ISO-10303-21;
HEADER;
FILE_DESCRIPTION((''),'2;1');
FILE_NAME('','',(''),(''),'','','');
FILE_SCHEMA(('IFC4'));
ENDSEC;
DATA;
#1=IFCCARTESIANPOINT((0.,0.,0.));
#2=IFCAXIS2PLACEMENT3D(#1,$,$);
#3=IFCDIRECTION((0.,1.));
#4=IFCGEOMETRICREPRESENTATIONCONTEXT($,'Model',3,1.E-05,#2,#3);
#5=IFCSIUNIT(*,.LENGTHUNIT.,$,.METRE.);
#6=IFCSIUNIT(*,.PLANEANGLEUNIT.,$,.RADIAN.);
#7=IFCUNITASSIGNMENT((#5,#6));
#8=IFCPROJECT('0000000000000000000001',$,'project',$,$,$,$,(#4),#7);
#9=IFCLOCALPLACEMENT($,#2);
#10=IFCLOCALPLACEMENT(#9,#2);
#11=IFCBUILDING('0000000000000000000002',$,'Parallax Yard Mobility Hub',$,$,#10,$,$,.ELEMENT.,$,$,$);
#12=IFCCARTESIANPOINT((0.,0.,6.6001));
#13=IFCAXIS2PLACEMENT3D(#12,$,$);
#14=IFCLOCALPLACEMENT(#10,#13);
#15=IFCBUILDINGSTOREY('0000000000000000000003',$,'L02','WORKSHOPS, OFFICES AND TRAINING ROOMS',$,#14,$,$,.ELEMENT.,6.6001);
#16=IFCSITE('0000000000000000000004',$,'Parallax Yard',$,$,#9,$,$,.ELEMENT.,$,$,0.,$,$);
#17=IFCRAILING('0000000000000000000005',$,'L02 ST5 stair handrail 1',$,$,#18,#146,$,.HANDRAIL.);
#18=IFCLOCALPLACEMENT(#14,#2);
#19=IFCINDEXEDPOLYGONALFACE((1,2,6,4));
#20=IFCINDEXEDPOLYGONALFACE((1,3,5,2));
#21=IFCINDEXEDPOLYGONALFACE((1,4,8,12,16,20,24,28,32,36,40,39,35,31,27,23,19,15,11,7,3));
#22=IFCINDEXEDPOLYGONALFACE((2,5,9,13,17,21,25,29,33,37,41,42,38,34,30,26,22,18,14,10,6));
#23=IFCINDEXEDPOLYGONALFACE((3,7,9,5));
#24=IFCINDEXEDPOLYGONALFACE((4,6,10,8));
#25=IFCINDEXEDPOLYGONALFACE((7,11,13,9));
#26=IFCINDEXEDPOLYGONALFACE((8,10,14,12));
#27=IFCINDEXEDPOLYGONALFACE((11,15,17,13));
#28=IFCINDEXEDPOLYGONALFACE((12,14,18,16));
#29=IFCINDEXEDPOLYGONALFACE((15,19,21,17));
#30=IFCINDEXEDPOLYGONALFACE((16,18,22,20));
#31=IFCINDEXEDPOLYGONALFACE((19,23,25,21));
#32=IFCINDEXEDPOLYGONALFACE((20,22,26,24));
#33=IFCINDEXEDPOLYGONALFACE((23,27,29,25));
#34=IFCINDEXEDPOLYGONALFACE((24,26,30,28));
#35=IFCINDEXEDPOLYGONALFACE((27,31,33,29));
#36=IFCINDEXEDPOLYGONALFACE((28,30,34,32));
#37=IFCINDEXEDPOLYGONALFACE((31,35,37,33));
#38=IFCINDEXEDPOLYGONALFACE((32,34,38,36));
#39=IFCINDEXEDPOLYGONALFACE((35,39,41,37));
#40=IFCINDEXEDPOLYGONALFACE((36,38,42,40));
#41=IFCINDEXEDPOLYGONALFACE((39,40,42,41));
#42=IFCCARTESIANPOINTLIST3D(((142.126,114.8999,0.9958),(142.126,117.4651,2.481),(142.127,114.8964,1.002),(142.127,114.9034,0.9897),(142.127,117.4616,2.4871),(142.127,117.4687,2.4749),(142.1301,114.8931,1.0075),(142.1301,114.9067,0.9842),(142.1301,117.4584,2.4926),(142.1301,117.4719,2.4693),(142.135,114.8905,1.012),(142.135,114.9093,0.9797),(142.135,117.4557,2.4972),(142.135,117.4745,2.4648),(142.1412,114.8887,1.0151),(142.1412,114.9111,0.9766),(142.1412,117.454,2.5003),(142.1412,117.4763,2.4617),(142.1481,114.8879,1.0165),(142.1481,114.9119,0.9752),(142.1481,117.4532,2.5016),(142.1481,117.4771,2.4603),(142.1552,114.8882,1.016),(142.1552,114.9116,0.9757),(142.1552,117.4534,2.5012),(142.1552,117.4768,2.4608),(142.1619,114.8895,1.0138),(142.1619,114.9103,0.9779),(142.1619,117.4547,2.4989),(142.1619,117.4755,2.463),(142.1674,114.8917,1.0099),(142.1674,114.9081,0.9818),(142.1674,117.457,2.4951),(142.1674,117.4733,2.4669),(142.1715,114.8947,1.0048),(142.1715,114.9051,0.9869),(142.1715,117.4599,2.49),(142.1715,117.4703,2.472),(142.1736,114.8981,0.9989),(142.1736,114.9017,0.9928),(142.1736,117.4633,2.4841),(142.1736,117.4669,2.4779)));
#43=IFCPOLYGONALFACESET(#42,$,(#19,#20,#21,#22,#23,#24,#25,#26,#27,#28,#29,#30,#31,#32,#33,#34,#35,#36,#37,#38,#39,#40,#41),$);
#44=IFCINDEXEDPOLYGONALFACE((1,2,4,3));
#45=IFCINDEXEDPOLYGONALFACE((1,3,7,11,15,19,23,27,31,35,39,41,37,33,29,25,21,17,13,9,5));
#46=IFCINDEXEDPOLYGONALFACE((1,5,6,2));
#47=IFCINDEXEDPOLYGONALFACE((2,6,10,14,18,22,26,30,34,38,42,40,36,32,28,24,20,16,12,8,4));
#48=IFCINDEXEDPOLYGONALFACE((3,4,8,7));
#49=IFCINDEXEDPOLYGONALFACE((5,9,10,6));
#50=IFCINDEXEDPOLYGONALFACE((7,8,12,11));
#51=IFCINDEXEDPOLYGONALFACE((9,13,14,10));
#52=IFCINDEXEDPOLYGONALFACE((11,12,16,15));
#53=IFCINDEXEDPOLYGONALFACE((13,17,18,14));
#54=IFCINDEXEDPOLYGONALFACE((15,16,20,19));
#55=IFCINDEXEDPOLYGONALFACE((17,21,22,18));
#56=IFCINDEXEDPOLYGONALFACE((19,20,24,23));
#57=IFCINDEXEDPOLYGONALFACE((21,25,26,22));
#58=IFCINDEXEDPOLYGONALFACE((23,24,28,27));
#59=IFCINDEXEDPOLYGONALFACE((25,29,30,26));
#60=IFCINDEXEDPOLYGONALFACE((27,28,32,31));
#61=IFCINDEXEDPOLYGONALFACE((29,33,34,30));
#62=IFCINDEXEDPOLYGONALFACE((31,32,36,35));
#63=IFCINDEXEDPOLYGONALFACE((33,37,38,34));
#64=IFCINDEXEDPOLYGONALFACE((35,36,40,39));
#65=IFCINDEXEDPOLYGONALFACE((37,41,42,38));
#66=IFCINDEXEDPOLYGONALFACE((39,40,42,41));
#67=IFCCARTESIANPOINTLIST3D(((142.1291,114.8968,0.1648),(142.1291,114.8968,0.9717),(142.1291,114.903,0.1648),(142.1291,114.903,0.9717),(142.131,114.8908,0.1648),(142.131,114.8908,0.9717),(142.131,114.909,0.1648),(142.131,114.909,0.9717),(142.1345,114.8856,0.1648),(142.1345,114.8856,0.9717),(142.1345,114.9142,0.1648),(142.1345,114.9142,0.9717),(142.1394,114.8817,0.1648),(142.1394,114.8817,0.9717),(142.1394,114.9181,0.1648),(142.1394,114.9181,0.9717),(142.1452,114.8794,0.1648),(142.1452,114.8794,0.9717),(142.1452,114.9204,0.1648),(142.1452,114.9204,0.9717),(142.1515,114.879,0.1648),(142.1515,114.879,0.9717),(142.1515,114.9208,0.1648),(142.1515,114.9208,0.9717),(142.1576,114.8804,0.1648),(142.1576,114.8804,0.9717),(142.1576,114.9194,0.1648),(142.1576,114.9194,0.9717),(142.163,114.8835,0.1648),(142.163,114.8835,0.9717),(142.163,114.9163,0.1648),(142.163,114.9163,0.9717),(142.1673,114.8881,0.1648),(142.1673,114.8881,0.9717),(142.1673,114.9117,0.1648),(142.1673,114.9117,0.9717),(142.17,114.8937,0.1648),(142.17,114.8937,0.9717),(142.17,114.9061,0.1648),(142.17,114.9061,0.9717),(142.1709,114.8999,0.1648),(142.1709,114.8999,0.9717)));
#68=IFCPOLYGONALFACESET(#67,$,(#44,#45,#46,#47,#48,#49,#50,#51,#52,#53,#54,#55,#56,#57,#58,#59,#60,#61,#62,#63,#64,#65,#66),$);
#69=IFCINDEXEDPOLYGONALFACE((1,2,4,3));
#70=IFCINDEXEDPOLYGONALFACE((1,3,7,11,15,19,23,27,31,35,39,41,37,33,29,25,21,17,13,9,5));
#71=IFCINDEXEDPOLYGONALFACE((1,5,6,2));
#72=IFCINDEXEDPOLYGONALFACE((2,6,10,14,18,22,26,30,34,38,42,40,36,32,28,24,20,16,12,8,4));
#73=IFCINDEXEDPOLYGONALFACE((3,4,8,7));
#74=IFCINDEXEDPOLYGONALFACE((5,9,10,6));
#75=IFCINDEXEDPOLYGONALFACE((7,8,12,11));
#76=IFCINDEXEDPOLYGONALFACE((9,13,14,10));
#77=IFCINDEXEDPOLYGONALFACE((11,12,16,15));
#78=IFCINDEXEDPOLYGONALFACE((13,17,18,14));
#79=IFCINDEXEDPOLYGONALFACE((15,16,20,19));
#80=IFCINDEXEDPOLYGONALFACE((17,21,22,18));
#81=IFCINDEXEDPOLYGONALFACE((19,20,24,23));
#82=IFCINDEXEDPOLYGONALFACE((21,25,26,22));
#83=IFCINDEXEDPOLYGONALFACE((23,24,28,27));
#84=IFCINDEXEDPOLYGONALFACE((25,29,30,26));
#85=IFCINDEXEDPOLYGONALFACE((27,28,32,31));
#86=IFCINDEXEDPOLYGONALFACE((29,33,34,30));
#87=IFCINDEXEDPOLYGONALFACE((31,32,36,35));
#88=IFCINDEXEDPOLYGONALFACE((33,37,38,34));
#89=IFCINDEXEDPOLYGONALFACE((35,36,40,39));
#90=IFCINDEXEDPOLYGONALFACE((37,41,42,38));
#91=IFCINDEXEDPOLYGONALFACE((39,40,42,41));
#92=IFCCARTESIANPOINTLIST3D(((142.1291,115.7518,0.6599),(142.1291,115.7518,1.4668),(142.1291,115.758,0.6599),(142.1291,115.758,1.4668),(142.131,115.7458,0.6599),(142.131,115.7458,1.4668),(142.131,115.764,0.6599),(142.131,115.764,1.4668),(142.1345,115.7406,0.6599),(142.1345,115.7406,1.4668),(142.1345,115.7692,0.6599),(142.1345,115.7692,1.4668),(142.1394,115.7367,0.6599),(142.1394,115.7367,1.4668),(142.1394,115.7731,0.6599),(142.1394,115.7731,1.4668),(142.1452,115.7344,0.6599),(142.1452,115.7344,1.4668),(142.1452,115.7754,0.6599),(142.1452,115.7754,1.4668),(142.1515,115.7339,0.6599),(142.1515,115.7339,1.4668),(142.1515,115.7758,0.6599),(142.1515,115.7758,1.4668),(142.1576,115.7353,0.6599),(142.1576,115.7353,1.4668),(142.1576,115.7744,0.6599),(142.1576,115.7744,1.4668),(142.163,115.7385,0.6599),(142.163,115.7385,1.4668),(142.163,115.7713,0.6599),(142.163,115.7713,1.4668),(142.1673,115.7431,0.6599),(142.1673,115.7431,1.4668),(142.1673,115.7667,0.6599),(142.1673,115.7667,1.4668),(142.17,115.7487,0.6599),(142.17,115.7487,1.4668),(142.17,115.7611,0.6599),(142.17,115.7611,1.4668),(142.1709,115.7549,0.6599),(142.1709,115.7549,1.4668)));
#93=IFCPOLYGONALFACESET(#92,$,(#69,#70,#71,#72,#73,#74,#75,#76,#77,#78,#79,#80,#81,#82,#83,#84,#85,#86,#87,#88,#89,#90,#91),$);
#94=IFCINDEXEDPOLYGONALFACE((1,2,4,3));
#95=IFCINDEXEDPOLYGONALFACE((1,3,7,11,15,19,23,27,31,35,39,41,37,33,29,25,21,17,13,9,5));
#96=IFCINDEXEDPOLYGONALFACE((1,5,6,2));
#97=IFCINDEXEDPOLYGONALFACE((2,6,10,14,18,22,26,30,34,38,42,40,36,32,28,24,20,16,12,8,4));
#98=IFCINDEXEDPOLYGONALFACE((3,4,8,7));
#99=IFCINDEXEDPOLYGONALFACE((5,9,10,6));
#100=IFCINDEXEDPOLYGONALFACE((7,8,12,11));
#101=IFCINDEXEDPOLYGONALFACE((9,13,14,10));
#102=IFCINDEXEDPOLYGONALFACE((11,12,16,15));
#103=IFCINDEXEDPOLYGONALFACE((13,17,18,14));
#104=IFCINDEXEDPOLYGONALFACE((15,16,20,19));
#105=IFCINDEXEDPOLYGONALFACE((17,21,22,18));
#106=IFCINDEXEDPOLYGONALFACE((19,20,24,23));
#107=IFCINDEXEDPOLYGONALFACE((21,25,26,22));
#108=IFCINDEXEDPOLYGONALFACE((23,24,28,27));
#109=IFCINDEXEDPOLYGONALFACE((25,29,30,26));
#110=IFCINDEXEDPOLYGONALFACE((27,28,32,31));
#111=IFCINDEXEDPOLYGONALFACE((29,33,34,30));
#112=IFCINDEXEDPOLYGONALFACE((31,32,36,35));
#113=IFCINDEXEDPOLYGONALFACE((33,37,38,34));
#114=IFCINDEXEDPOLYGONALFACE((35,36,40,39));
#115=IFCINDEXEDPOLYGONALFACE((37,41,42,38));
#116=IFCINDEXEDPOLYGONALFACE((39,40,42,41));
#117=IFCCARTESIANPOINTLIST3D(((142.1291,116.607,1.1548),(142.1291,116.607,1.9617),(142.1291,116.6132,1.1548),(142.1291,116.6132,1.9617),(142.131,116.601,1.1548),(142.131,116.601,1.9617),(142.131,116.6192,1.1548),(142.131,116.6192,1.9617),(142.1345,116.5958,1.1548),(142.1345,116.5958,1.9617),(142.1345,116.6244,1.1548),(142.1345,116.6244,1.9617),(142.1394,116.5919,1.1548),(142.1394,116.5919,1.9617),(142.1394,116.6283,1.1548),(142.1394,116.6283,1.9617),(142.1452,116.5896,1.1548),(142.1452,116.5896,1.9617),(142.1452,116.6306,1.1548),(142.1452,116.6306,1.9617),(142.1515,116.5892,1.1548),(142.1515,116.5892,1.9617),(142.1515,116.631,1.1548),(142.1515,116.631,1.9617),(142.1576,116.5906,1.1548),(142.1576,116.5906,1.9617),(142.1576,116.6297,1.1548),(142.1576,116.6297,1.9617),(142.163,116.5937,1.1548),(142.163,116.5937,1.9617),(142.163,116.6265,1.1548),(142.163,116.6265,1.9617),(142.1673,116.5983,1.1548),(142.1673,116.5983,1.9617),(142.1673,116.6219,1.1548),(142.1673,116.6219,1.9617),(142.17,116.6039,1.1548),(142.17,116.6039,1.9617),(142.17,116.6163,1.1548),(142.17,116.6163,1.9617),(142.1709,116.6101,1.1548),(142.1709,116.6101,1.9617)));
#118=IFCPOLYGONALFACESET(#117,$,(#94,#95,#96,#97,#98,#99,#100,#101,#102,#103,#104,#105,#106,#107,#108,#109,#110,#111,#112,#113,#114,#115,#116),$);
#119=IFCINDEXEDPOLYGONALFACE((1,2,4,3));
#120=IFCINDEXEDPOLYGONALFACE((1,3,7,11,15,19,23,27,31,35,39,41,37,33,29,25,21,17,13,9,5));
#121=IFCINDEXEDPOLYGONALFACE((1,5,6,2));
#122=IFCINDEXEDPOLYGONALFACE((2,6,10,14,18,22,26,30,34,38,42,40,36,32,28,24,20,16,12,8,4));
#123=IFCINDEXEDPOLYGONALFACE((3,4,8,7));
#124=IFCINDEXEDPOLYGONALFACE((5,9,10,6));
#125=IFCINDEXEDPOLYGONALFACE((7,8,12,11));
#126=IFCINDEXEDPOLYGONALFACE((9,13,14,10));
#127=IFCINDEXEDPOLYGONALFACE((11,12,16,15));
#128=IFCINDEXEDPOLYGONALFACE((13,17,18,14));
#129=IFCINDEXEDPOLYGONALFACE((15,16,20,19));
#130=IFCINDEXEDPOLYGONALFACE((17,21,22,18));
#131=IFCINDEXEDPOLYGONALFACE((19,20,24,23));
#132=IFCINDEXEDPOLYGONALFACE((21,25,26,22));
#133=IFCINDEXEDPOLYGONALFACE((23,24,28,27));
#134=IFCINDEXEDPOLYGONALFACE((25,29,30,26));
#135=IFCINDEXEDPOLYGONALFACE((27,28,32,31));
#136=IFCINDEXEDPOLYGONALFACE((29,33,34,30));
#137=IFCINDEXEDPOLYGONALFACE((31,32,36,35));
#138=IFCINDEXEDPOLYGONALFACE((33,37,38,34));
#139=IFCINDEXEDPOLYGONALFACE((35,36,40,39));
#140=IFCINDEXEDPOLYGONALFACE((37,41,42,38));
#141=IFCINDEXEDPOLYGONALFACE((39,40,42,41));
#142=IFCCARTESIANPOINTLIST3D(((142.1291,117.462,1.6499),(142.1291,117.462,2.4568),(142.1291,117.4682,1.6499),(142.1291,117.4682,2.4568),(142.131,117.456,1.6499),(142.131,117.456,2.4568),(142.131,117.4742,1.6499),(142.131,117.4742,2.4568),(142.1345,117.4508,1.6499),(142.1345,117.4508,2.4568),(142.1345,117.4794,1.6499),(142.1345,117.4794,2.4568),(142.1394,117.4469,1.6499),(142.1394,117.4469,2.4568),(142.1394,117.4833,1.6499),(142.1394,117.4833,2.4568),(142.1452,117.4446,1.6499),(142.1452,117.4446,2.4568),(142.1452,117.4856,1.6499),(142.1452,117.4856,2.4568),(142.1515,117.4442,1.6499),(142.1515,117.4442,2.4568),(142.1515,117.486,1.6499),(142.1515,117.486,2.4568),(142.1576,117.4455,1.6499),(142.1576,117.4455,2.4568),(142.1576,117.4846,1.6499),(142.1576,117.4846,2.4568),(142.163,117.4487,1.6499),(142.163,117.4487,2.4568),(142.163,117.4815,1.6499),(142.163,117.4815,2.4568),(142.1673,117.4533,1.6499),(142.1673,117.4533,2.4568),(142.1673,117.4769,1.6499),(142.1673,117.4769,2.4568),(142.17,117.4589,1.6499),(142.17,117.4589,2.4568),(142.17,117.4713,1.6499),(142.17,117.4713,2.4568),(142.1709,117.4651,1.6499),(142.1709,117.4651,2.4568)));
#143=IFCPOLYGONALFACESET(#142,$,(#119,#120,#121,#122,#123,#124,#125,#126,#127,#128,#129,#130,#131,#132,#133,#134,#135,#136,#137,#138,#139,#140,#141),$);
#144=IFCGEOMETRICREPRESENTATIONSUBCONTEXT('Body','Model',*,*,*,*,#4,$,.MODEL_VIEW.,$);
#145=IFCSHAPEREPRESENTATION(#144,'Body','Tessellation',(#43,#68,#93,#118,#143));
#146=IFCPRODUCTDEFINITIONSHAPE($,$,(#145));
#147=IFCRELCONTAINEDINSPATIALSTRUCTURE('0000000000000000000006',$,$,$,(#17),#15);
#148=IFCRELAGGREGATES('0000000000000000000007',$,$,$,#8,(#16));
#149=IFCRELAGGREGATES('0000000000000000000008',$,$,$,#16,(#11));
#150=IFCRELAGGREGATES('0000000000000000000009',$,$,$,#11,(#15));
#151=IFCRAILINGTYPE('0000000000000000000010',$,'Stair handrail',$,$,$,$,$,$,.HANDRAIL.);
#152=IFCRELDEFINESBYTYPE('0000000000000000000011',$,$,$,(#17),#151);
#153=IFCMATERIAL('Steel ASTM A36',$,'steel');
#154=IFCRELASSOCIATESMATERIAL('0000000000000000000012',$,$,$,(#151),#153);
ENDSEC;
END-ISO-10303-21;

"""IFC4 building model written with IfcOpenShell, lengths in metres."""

from ifc_helpers import new_model, si_unit, direction, frame, origin, origin_2d, place, context, subcontext, project, spatial, circle, extrude, material, type_object, element, save


model = new_model("IFC4")

# Units and contexts
model_context = context("Model", 3, precision=1e-05, world=origin(), true_north=direction((0.0, 1.0)))
body_context = subcontext(model_context, "Body", "Model", "MODEL_VIEW")
ifc_project = project(units=[si_unit("LENGTHUNIT", "METRE"), si_unit("PLANEANGLEUNIT", "RADIAN")], contexts=[model_context])

# Site, building, storey
site_placement = place(None, origin())
site = spatial("IfcSite", under=ifc_project, at=site_placement, Name="Parallax Yard", CompositionType="ELEMENT", RefElevation=0.0)
building_placement = place(site_placement, origin())
building = spatial("IfcBuilding", under=site, at=building_placement, Name="Parallax Yard Mobility Hub", CompositionType="ELEMENT")
storey_placement = place(building_placement, frame((0.0, 0.0, 6.6001)))
storey = spatial("IfcBuildingStorey", under=building, at=storey_placement, Name="L02", Description="WORKSHOPS, OFFICES AND TRAINING ROOMS", CompositionType="ELEMENT", Elevation=6.6001)

# Railing
ifc_material_1 = material(Name="Steel ASTM A36", Category="steel")
railing_type_1 = type_object("IfcRailingType", Name="Stair handrail", PredefinedType="HANDRAIL", material=ifc_material_1)
railing_1_placement = place(storey_placement, frame((142.1499, 114.8999, 0.1648)))
element("IfcRailing", 1, at=railing_1_placement, inside=storey, type_object=railing_type_1, Name="L02 ST5 stair handrail 1", PredefinedType="HANDRAIL", context=body_context, shape_type="SweptSolid", body=[
    extrude(circle(Radius=0.0239, at=origin_2d()), frame((0.0, 0.0, 0.8311), z_axis=(0.0, 0.865426, 0.501036), x_axis=(-1.0, 0.0, 0.0)), (0.0, 0.0, 1.0), 2.9641),
    extrude(circle(Radius=0.021, at=origin_2d()), origin(), (0.0, 0.0, 1.0), 0.8069),
    extrude(circle(Radius=0.021, at=origin_2d()), frame((0.0, 0.855, 0.4951)), (0.0, 0.0, 1.0), 0.8069),
    extrude(circle(Radius=0.021, at=origin_2d()), frame((0.0, 1.7102, 0.99)), (0.0, 0.0, 1.0), 0.8069),
    extrude(circle(Radius=0.021, at=origin_2d()), frame((0.0, 2.5652, 1.4851)), (0.0, 0.0, 1.0), 0.8069),
])

save(model, "model.ifc")
